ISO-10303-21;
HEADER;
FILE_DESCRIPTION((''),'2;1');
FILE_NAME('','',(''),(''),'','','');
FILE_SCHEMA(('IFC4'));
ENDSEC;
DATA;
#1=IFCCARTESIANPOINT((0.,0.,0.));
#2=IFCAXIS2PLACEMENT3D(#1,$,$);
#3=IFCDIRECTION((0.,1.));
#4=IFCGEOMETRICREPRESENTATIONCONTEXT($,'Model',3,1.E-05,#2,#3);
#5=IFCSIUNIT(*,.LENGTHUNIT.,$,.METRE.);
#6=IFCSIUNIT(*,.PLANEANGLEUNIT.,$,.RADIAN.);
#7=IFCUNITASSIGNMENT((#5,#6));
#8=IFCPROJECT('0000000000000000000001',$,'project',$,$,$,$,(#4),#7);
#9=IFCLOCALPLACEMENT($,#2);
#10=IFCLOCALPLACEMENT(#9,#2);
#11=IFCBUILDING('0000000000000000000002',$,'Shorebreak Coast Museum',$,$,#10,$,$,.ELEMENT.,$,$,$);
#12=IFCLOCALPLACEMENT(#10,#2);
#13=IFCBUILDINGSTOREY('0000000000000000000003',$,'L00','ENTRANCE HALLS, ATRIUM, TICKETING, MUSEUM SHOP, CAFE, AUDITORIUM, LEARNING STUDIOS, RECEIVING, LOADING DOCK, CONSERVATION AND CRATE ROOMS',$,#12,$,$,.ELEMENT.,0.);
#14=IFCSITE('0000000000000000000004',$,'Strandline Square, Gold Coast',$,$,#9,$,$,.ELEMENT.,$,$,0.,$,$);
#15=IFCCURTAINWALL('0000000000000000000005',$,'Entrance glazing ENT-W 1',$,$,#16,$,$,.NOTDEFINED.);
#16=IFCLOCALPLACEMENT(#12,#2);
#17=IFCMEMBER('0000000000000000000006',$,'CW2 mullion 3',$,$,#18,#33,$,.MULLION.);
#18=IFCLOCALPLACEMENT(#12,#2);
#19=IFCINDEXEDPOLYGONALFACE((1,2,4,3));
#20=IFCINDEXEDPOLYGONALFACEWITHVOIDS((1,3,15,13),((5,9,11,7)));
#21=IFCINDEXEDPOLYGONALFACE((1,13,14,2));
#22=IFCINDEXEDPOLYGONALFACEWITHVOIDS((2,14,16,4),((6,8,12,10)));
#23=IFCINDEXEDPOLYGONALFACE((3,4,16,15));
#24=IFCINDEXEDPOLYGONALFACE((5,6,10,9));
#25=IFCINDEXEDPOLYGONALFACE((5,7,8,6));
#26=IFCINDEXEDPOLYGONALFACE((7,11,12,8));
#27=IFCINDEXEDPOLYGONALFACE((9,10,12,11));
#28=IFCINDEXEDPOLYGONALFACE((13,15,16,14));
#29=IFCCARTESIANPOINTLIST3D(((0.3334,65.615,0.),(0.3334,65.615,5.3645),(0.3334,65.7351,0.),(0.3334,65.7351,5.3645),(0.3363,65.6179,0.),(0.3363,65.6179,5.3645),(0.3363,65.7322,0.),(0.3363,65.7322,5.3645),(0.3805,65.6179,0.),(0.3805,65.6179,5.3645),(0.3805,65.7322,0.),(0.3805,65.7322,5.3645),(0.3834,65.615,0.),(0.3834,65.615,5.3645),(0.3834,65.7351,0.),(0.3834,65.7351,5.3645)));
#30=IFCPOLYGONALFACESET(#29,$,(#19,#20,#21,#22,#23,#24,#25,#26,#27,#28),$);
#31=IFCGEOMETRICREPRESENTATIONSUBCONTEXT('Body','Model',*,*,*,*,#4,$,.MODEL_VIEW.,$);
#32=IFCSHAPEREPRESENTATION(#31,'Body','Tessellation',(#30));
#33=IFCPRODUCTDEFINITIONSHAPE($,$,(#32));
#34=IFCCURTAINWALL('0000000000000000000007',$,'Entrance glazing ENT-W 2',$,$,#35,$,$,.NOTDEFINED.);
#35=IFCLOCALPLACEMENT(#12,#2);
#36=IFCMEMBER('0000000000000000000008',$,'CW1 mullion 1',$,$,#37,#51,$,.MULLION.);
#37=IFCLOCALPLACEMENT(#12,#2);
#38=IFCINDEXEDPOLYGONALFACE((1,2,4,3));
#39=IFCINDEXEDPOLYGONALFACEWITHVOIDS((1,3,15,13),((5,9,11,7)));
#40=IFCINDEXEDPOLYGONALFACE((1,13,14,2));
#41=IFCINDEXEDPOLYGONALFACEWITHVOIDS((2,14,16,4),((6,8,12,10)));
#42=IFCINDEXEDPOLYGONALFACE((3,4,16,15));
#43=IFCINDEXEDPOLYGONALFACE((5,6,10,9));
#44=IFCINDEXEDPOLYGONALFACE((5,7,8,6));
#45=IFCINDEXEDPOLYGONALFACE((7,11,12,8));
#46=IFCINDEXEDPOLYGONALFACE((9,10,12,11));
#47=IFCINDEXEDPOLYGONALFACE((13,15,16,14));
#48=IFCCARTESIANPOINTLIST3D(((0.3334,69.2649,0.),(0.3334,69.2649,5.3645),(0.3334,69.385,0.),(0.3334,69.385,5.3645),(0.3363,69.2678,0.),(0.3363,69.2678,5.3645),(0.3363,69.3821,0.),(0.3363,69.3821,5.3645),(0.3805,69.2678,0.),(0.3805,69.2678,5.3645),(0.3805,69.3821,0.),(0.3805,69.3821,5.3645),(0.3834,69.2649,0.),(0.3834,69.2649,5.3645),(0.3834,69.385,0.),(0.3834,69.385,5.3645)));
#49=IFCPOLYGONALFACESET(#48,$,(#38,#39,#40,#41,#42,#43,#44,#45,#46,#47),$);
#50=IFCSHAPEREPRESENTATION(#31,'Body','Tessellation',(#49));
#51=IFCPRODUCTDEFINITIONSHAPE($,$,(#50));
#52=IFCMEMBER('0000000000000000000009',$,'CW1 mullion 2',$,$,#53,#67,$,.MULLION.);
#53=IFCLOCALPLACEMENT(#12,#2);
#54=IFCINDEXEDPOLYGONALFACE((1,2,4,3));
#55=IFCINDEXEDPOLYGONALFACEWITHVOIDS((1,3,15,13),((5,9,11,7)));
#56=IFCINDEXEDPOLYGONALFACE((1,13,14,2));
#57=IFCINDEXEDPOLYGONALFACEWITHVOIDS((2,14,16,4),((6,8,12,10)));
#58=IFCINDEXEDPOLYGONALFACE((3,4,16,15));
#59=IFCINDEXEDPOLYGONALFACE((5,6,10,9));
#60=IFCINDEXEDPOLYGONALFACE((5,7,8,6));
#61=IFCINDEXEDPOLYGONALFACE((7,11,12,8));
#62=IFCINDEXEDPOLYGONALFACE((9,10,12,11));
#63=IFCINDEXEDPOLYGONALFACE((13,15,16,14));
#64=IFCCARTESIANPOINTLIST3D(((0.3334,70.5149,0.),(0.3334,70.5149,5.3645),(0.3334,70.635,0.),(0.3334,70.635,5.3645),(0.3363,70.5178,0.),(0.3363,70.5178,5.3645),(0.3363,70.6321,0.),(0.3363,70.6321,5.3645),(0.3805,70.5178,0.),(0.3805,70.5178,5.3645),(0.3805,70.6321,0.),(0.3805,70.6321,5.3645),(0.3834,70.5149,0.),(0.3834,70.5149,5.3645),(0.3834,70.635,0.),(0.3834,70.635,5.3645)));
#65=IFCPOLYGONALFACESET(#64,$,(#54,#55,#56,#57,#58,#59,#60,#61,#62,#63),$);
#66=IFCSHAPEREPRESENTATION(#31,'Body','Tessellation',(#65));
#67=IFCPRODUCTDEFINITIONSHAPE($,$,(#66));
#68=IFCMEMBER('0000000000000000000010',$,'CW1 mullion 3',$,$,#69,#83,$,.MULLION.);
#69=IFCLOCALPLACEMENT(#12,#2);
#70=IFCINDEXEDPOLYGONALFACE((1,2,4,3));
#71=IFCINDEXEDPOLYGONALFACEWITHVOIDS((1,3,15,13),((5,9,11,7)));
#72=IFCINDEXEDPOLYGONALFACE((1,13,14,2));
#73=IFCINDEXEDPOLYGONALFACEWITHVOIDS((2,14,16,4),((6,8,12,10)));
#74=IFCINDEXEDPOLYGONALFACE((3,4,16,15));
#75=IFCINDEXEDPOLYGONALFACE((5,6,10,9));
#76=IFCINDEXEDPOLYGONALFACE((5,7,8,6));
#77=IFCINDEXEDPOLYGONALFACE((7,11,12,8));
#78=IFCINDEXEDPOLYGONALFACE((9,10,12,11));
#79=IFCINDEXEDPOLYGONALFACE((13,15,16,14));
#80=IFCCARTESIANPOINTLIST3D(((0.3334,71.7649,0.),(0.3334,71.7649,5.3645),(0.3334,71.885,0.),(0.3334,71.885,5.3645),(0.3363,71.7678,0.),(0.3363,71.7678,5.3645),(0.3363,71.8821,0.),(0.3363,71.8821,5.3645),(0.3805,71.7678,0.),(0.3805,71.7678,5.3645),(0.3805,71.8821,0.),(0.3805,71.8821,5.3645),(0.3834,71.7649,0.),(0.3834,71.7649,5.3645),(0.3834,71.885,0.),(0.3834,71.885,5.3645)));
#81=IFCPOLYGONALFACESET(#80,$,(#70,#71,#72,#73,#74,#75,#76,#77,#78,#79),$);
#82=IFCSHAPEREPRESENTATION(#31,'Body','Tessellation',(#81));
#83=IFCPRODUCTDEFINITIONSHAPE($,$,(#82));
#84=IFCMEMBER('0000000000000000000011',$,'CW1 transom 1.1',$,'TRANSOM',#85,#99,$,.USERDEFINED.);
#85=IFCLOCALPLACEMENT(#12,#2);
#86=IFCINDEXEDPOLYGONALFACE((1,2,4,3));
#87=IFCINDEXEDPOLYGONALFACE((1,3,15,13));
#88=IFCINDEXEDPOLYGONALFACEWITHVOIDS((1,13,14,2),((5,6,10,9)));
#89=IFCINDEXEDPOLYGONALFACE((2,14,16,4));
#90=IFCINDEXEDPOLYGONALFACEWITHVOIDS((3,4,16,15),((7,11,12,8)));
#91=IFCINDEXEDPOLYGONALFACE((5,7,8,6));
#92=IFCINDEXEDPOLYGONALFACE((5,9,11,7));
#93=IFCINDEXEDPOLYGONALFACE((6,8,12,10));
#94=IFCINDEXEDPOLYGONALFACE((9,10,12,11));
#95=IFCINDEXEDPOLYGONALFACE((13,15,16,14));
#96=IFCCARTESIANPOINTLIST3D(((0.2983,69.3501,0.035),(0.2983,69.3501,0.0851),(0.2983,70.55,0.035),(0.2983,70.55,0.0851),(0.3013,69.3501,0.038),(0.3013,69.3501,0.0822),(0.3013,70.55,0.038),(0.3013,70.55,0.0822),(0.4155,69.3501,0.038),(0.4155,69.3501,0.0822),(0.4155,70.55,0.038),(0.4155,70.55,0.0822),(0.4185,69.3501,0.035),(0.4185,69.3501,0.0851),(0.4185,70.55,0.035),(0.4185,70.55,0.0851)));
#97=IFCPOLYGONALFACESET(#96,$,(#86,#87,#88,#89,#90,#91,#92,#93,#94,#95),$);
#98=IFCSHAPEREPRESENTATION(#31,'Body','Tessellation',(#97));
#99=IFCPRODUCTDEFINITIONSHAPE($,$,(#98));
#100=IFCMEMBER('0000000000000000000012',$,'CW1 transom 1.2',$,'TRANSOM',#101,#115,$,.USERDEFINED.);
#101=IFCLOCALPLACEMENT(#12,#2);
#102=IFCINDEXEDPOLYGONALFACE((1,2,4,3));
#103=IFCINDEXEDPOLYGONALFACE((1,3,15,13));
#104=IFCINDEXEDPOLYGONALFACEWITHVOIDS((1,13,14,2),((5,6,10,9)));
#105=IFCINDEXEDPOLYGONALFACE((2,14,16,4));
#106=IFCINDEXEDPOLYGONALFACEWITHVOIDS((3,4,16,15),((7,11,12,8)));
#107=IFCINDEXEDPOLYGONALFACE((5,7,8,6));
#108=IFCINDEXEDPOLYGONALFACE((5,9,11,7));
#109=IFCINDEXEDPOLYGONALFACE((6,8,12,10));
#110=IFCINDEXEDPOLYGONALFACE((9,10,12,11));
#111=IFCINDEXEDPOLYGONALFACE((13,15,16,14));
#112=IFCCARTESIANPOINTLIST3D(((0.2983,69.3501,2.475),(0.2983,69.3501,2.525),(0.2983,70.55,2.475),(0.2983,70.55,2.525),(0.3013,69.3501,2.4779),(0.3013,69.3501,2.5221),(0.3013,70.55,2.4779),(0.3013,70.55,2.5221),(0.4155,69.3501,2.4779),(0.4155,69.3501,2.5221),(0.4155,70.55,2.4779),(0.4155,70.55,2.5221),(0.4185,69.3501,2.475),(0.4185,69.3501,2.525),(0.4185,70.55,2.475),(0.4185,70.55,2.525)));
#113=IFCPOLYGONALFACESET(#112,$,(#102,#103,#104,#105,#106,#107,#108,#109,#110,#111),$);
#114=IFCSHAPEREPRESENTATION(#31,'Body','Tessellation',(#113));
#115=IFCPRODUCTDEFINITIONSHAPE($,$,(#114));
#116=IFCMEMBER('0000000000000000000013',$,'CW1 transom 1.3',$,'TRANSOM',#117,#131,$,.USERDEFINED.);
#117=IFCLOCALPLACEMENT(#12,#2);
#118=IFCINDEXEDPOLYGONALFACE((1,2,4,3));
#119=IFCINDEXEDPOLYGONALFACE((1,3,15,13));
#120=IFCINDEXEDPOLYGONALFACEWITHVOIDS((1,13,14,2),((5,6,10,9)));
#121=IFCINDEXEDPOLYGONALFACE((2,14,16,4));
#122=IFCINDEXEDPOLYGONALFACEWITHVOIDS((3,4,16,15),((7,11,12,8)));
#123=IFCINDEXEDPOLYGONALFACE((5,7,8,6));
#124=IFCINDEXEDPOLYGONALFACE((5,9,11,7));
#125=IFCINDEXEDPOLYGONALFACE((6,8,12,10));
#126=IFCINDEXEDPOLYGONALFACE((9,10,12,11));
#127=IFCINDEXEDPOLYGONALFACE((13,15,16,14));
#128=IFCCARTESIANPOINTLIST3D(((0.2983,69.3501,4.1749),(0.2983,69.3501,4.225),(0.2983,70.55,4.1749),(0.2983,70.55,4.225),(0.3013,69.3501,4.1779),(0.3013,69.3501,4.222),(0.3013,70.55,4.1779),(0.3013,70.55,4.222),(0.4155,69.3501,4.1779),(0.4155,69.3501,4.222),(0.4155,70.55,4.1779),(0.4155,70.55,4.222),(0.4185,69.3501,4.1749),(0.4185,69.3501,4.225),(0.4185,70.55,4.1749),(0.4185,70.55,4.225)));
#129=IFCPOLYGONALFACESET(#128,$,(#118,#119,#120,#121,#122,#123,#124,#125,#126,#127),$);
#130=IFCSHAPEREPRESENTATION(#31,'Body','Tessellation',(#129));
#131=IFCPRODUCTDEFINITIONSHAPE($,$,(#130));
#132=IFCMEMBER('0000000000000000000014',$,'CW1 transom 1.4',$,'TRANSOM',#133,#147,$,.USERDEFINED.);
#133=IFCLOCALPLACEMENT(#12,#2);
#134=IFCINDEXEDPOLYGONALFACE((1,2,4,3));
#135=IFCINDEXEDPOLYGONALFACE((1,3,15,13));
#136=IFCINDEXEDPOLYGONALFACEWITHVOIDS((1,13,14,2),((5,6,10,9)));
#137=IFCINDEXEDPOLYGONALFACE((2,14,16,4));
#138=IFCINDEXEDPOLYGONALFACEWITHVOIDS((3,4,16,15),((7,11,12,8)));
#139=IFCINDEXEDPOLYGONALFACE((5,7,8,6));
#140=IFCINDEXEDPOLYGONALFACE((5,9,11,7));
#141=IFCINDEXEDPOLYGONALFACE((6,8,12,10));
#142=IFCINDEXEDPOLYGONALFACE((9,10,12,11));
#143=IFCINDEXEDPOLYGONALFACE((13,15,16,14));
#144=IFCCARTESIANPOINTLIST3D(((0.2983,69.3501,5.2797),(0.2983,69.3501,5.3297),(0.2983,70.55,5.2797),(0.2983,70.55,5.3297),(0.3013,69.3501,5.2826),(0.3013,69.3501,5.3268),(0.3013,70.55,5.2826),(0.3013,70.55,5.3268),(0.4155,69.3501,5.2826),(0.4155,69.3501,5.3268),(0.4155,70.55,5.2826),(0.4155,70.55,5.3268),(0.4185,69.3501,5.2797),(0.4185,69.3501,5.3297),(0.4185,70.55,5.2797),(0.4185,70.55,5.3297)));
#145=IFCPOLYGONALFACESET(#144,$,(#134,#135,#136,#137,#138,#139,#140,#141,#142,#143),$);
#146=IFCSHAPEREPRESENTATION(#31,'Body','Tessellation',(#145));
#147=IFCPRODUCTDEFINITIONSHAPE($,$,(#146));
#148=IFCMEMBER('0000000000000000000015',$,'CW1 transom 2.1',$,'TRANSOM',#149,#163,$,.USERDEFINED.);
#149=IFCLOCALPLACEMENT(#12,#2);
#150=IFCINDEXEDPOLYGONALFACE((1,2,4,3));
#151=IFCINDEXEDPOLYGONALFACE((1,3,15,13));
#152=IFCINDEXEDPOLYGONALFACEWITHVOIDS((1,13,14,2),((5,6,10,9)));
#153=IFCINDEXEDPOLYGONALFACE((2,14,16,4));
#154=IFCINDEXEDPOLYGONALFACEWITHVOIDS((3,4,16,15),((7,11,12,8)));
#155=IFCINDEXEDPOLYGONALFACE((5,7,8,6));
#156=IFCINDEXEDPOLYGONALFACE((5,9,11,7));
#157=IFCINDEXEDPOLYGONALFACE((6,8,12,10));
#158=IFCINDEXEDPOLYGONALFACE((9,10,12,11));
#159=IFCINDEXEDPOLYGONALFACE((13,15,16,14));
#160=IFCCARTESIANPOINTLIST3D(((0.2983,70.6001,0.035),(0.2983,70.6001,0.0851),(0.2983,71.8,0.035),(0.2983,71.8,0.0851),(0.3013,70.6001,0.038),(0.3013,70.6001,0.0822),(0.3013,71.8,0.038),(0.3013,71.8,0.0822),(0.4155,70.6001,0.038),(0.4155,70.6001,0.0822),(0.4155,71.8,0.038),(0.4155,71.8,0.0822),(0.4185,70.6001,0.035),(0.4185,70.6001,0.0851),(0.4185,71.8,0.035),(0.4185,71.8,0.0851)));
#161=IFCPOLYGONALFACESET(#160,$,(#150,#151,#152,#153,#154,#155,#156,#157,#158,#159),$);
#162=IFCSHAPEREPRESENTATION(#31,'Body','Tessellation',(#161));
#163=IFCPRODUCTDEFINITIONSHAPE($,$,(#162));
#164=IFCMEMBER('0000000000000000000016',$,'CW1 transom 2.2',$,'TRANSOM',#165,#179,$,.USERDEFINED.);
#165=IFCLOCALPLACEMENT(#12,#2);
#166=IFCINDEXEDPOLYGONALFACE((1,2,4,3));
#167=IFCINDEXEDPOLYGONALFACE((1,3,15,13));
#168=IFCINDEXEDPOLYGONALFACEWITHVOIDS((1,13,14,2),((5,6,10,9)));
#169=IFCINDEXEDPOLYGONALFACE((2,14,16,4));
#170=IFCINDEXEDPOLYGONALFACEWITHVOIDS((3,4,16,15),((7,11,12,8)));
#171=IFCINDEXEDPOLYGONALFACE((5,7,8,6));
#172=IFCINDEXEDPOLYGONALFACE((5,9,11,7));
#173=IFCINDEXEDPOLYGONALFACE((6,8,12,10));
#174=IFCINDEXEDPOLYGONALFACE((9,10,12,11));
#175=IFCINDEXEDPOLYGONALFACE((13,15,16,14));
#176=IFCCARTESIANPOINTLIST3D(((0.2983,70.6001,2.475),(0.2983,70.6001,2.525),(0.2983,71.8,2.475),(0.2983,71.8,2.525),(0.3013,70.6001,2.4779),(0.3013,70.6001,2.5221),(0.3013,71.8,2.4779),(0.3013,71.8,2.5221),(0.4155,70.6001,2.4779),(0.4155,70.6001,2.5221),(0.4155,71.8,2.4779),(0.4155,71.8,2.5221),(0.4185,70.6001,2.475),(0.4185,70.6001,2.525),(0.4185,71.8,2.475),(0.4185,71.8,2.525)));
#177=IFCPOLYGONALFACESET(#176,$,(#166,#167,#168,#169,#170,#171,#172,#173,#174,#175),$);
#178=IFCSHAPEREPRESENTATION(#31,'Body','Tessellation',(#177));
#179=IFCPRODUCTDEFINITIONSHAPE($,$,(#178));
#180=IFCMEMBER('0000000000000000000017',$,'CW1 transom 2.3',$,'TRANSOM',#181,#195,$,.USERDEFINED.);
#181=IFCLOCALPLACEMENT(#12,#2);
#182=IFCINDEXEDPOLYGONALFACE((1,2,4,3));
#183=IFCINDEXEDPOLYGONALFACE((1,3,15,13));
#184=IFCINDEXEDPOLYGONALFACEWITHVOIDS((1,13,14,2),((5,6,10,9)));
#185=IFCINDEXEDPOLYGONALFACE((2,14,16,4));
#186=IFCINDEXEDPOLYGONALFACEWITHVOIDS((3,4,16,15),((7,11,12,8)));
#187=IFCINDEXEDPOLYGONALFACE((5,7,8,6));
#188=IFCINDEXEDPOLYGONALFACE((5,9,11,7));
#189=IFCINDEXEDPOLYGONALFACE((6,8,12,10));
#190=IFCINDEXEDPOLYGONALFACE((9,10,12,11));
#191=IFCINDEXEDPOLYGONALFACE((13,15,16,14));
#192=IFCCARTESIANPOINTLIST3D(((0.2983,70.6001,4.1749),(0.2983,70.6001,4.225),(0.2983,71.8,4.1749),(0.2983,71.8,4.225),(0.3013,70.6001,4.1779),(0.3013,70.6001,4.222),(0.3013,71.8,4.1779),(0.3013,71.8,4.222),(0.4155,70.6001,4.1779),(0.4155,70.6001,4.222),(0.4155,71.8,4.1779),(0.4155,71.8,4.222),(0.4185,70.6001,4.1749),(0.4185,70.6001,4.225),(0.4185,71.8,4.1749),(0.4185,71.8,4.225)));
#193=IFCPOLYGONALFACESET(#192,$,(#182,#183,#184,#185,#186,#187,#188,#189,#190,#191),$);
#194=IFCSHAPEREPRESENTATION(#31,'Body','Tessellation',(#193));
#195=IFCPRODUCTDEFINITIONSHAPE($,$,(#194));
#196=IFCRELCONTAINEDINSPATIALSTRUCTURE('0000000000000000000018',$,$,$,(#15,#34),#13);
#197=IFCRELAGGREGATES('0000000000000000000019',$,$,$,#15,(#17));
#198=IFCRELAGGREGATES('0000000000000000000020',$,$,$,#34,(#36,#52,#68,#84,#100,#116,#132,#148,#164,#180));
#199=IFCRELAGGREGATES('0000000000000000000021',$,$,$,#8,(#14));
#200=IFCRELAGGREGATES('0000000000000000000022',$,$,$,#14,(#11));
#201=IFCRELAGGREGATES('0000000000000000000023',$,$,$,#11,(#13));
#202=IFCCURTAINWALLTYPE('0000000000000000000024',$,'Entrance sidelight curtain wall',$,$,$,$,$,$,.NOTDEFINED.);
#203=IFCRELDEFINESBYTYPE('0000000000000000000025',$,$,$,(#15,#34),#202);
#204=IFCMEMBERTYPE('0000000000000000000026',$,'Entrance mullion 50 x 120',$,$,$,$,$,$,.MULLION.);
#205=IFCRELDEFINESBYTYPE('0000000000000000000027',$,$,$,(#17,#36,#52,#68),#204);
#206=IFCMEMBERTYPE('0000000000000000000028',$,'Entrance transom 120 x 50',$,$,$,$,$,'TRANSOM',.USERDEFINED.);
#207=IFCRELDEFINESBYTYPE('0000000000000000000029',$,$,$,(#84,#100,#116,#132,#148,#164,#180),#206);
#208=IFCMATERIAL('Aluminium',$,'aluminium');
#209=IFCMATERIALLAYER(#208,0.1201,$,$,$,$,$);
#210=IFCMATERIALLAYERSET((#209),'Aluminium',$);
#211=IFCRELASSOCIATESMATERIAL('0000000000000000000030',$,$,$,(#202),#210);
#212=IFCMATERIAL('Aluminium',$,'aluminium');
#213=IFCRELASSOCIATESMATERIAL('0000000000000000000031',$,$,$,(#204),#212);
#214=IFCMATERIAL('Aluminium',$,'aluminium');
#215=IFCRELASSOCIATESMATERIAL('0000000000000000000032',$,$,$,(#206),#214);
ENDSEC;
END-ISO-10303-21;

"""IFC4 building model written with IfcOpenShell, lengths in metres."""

from ifc_helpers import new_model, si_unit, direction, frame, origin, origin_2d, place, context, subcontext, project, spatial, hollow_rectangle, extrude, material, layer, layer_set, material_profile, profile_set, type_object, element, aggregate, save


model = new_model("IFC4")

# Units and contexts
model_context = context("Model", 3, precision=1e-05, world=origin(), true_north=direction((0.0, 1.0)))
body_context = subcontext(model_context, "Body", "Model", "MODEL_VIEW")
ifc_project = project(units=[si_unit("LENGTHUNIT", "METRE"), si_unit("PLANEANGLEUNIT", "RADIAN")], contexts=[model_context])

# Site, building, storey
site_placement = place(None, origin())
site = spatial("IfcSite", under=ifc_project, at=site_placement, Name="Strandline Square, Gold Coast", CompositionType="ELEMENT", RefElevation=0.0)
building_placement = place(site_placement, origin())
building = spatial("IfcBuilding", under=site, at=building_placement, Name="Shorebreak Coast Museum", CompositionType="ELEMENT")
storey_placement = place(building_placement, origin())
storey = spatial("IfcBuildingStorey", under=building, at=storey_placement, Name="L00", Description="ENTRANCE HALLS, ATRIUM, TICKETING, MUSEUM SHOP, CAFE, AUDITORIUM, LEARNING STUDIOS, RECEIVING, LOADING DOCK, CONSERVATION AND CRATE ROOMS", CompositionType="ELEMENT", Elevation=0.0)

# Curtain wall, member
ifc_material_1 = material(Name="Aluminium", Category="aluminium")
ifc_layer_1 = layer(ifc_material_1, 0.1201)
ifc_layer_set_1 = layer_set([ifc_layer_1], Name="Aluminium")
curtain_wall_type = type_object("IfcCurtainWallType", Name="Entrance sidelight curtain wall", PredefinedType="NOTDEFINED", material=ifc_layer_set_1)
curtain_wall_1_placement = place(storey_placement, origin())
curtain_wall_1 = element("IfcCurtainWall", 1, at=curtain_wall_1_placement, inside=storey, type_object=curtain_wall_type, Name="Entrance glazing ENT-W 1", PredefinedType="NOTDEFINED")
ifc_material_2 = material(Name="Aluminium", Category="aluminium")
ifc_material_profile_1 = material_profile(ifc_material_2, hollow_rectangle(XDim=0.05, YDim=0.1201, WallThickness=0.0029, at=origin_2d()), Name="AL 120x50 RHS")
ifc_profile_set_1 = profile_set([ifc_material_profile_1], Name="Aluminium")
member_type_1 = type_object("IfcMemberType", Name="Entrance mullion 50 x 120", PredefinedType="MULLION", material=ifc_profile_set_1)
member_1_placement = place(storey_placement, frame((0.3584, 65.675, 0.0), z_axis=(0.0, 0.0, 1.0), x_axis=(-1.0, 0.0, 0.0)))
member_1 = element("IfcMember", 2, at=member_1_placement, type_object=member_type_1, Name="CW2 mullion 3", PredefinedType="MULLION", context=body_context, shape_type="SweptSolid", body=[
    extrude(hollow_rectangle(XDim=0.05, YDim=0.1201, WallThickness=0.0029, at=origin_2d()), origin(), (0.0, 0.0, 1.0), 5.3645),
])
aggregate(curtain_wall_1, [member_1])

# Curtain wall, members
curtain_wall_2_placement = place(storey_placement, origin())
curtain_wall_2 = element("IfcCurtainWall", 3, at=curtain_wall_2_placement, inside=storey, type_object=curtain_wall_type, Name="Entrance glazing ENT-W 2", PredefinedType="NOTDEFINED")
member_2_placement = place(storey_placement, frame((0.3584, 69.325, 0.0), z_axis=(0.0, 0.0, 1.0), x_axis=(-1.0, 0.0, 0.0)))
member_2 = element("IfcMember", 4, at=member_2_placement, type_object=member_type_1, Name="CW1 mullion 1", PredefinedType="MULLION", context=body_context, shape_type="SweptSolid", body=[
    extrude(hollow_rectangle(XDim=0.05, YDim=0.1201, WallThickness=0.0029, at=origin_2d()), origin(), (0.0, 0.0, 1.0), 5.3645),
])
member_3_placement = place(storey_placement, frame((0.3584, 70.575, 0.0), z_axis=(0.0, 0.0, 1.0), x_axis=(-1.0, 0.0, 0.0)))
member_3 = element("IfcMember", 5, at=member_3_placement, type_object=member_type_1, Name="CW1 mullion 2", PredefinedType="MULLION", context=body_context, shape_type="SweptSolid", body=[
    extrude(hollow_rectangle(XDim=0.05, YDim=0.1201, WallThickness=0.0029, at=origin_2d()), origin(), (0.0, 0.0, 1.0), 5.3645),
])
member_4_placement = place(storey_placement, frame((0.3584, 71.825, 0.0), z_axis=(0.0, 0.0, 1.0), x_axis=(-1.0, 0.0, 0.0)))
member_4 = element("IfcMember", 6, at=member_4_placement, type_object=member_type_1, Name="CW1 mullion 3", PredefinedType="MULLION", context=body_context, shape_type="SweptSolid", body=[
    extrude(hollow_rectangle(XDim=0.05, YDim=0.1201, WallThickness=0.0029, at=origin_2d()), origin(), (0.0, 0.0, 1.0), 5.3645),
])
ifc_material_3 = material(Name="Aluminium", Category="aluminium")
ifc_material_profile_2 = material_profile(ifc_material_3, hollow_rectangle(XDim=0.1201, YDim=0.05, WallThickness=0.0029, at=origin_2d()), Name="AL 50x120 RHS")
ifc_profile_set_2 = profile_set([ifc_material_profile_2], Name="Aluminium")
member_type_2 = type_object("IfcMemberType", Name="Entrance transom 120 x 50", ElementType="TRANSOM", PredefinedType="USERDEFINED", material=ifc_profile_set_2)
member_5_placement = place(storey_placement, frame((0.3584, 69.3501, 0.0601), z_axis=(0.0, 1.0, 0.0), x_axis=(-1.0, 0.0, 0.0)))
member_5 = element("IfcMember", 7, at=member_5_placement, type_object=member_type_2, Name="CW1 transom 1.1", ObjectType="TRANSOM", PredefinedType="USERDEFINED", context=body_context, shape_type="SweptSolid", body=[
    extrude(hollow_rectangle(XDim=0.1201, YDim=0.05, WallThickness=0.0029, at=origin_2d()), origin(), (0.0, 0.0, 1.0), 1.2),
])
member_6_placement = place(storey_placement, frame((0.3584, 69.3501, 2.5), z_axis=(0.0, 1.0, 0.0), x_axis=(-1.0, 0.0, 0.0)))
member_6 = element("IfcMember", 8, at=member_6_placement, type_object=member_type_2, Name="CW1 transom 1.2", ObjectType="TRANSOM", PredefinedType="USERDEFINED", context=body_context, shape_type="SweptSolid", body=[
    extrude(hollow_rectangle(XDim=0.1201, YDim=0.05, WallThickness=0.0029, at=origin_2d()), origin(), (0.0, 0.0, 1.0), 1.2),
])
member_7_placement = place(storey_placement, frame((0.3584, 69.3501, 4.2), z_axis=(0.0, 1.0, 0.0), x_axis=(-1.0, 0.0, 0.0)))
member_7 = element("IfcMember", 9, at=member_7_placement, type_object=member_type_2, Name="CW1 transom 1.3", ObjectType="TRANSOM", PredefinedType="USERDEFINED", context=body_context, shape_type="SweptSolid", body=[
    extrude(hollow_rectangle(XDim=0.1201, YDim=0.05, WallThickness=0.0029, at=origin_2d()), origin(), (0.0, 0.0, 1.0), 1.2),
])
member_8_placement = place(storey_placement, frame((0.3584, 69.3501, 5.3047), z_axis=(0.0, 1.0, 0.0), x_axis=(-1.0, 0.0, 0.0)))
member_8 = element("IfcMember", 10, at=member_8_placement, type_object=member_type_2, Name="CW1 transom 1.4", ObjectType="TRANSOM", PredefinedType="USERDEFINED", context=body_context, shape_type="SweptSolid", body=[
    extrude(hollow_rectangle(XDim=0.1201, YDim=0.05, WallThickness=0.0029, at=origin_2d()), origin(), (0.0, 0.0, 1.0), 1.2),
])
member_9_placement = place(storey_placement, frame((0.3584, 70.6001, 0.0601), z_axis=(0.0, 1.0, 0.0), x_axis=(-1.0, 0.0, 0.0)))
member_9 = element("IfcMember", 11, at=member_9_placement, type_object=member_type_2, Name="CW1 transom 2.1", ObjectType="TRANSOM", PredefinedType="USERDEFINED", context=body_context, shape_type="SweptSolid", body=[
    extrude(hollow_rectangle(XDim=0.1201, YDim=0.05, WallThickness=0.0029, at=origin_2d()), origin(), (0.0, 0.0, 1.0), 1.2),
])
member_10_placement = place(storey_placement, frame((0.3584, 70.6001, 2.5), z_axis=(0.0, 1.0, 0.0), x_axis=(-1.0, 0.0, 0.0)))
member_10 = element("IfcMember", 12, at=member_10_placement, type_object=member_type_2, Name="CW1 transom 2.2", ObjectType="TRANSOM", PredefinedType="USERDEFINED", context=body_context, shape_type="SweptSolid", body=[
    extrude(hollow_rectangle(XDim=0.1201, YDim=0.05, WallThickness=0.0029, at=origin_2d()), origin(), (0.0, 0.0, 1.0), 1.2),
])
member_11_placement = place(storey_placement, frame((0.3584, 70.6001, 4.2), z_axis=(0.0, 1.0, 0.0), x_axis=(-1.0, 0.0, 0.0)))
member_11 = element("IfcMember", 13, at=member_11_placement, type_object=member_type_2, Name="CW1 transom 2.3", ObjectType="TRANSOM", PredefinedType="USERDEFINED", context=body_context, shape_type="SweptSolid", body=[
    extrude(hollow_rectangle(XDim=0.1201, YDim=0.05, WallThickness=0.0029, at=origin_2d()), origin(), (0.0, 0.0, 1.0), 1.2),
])
aggregate(curtain_wall_2, [member_2, member_3, member_4, member_5, member_6, member_7, member_8, member_9, member_10, member_11])

save(model, "model.ifc")
